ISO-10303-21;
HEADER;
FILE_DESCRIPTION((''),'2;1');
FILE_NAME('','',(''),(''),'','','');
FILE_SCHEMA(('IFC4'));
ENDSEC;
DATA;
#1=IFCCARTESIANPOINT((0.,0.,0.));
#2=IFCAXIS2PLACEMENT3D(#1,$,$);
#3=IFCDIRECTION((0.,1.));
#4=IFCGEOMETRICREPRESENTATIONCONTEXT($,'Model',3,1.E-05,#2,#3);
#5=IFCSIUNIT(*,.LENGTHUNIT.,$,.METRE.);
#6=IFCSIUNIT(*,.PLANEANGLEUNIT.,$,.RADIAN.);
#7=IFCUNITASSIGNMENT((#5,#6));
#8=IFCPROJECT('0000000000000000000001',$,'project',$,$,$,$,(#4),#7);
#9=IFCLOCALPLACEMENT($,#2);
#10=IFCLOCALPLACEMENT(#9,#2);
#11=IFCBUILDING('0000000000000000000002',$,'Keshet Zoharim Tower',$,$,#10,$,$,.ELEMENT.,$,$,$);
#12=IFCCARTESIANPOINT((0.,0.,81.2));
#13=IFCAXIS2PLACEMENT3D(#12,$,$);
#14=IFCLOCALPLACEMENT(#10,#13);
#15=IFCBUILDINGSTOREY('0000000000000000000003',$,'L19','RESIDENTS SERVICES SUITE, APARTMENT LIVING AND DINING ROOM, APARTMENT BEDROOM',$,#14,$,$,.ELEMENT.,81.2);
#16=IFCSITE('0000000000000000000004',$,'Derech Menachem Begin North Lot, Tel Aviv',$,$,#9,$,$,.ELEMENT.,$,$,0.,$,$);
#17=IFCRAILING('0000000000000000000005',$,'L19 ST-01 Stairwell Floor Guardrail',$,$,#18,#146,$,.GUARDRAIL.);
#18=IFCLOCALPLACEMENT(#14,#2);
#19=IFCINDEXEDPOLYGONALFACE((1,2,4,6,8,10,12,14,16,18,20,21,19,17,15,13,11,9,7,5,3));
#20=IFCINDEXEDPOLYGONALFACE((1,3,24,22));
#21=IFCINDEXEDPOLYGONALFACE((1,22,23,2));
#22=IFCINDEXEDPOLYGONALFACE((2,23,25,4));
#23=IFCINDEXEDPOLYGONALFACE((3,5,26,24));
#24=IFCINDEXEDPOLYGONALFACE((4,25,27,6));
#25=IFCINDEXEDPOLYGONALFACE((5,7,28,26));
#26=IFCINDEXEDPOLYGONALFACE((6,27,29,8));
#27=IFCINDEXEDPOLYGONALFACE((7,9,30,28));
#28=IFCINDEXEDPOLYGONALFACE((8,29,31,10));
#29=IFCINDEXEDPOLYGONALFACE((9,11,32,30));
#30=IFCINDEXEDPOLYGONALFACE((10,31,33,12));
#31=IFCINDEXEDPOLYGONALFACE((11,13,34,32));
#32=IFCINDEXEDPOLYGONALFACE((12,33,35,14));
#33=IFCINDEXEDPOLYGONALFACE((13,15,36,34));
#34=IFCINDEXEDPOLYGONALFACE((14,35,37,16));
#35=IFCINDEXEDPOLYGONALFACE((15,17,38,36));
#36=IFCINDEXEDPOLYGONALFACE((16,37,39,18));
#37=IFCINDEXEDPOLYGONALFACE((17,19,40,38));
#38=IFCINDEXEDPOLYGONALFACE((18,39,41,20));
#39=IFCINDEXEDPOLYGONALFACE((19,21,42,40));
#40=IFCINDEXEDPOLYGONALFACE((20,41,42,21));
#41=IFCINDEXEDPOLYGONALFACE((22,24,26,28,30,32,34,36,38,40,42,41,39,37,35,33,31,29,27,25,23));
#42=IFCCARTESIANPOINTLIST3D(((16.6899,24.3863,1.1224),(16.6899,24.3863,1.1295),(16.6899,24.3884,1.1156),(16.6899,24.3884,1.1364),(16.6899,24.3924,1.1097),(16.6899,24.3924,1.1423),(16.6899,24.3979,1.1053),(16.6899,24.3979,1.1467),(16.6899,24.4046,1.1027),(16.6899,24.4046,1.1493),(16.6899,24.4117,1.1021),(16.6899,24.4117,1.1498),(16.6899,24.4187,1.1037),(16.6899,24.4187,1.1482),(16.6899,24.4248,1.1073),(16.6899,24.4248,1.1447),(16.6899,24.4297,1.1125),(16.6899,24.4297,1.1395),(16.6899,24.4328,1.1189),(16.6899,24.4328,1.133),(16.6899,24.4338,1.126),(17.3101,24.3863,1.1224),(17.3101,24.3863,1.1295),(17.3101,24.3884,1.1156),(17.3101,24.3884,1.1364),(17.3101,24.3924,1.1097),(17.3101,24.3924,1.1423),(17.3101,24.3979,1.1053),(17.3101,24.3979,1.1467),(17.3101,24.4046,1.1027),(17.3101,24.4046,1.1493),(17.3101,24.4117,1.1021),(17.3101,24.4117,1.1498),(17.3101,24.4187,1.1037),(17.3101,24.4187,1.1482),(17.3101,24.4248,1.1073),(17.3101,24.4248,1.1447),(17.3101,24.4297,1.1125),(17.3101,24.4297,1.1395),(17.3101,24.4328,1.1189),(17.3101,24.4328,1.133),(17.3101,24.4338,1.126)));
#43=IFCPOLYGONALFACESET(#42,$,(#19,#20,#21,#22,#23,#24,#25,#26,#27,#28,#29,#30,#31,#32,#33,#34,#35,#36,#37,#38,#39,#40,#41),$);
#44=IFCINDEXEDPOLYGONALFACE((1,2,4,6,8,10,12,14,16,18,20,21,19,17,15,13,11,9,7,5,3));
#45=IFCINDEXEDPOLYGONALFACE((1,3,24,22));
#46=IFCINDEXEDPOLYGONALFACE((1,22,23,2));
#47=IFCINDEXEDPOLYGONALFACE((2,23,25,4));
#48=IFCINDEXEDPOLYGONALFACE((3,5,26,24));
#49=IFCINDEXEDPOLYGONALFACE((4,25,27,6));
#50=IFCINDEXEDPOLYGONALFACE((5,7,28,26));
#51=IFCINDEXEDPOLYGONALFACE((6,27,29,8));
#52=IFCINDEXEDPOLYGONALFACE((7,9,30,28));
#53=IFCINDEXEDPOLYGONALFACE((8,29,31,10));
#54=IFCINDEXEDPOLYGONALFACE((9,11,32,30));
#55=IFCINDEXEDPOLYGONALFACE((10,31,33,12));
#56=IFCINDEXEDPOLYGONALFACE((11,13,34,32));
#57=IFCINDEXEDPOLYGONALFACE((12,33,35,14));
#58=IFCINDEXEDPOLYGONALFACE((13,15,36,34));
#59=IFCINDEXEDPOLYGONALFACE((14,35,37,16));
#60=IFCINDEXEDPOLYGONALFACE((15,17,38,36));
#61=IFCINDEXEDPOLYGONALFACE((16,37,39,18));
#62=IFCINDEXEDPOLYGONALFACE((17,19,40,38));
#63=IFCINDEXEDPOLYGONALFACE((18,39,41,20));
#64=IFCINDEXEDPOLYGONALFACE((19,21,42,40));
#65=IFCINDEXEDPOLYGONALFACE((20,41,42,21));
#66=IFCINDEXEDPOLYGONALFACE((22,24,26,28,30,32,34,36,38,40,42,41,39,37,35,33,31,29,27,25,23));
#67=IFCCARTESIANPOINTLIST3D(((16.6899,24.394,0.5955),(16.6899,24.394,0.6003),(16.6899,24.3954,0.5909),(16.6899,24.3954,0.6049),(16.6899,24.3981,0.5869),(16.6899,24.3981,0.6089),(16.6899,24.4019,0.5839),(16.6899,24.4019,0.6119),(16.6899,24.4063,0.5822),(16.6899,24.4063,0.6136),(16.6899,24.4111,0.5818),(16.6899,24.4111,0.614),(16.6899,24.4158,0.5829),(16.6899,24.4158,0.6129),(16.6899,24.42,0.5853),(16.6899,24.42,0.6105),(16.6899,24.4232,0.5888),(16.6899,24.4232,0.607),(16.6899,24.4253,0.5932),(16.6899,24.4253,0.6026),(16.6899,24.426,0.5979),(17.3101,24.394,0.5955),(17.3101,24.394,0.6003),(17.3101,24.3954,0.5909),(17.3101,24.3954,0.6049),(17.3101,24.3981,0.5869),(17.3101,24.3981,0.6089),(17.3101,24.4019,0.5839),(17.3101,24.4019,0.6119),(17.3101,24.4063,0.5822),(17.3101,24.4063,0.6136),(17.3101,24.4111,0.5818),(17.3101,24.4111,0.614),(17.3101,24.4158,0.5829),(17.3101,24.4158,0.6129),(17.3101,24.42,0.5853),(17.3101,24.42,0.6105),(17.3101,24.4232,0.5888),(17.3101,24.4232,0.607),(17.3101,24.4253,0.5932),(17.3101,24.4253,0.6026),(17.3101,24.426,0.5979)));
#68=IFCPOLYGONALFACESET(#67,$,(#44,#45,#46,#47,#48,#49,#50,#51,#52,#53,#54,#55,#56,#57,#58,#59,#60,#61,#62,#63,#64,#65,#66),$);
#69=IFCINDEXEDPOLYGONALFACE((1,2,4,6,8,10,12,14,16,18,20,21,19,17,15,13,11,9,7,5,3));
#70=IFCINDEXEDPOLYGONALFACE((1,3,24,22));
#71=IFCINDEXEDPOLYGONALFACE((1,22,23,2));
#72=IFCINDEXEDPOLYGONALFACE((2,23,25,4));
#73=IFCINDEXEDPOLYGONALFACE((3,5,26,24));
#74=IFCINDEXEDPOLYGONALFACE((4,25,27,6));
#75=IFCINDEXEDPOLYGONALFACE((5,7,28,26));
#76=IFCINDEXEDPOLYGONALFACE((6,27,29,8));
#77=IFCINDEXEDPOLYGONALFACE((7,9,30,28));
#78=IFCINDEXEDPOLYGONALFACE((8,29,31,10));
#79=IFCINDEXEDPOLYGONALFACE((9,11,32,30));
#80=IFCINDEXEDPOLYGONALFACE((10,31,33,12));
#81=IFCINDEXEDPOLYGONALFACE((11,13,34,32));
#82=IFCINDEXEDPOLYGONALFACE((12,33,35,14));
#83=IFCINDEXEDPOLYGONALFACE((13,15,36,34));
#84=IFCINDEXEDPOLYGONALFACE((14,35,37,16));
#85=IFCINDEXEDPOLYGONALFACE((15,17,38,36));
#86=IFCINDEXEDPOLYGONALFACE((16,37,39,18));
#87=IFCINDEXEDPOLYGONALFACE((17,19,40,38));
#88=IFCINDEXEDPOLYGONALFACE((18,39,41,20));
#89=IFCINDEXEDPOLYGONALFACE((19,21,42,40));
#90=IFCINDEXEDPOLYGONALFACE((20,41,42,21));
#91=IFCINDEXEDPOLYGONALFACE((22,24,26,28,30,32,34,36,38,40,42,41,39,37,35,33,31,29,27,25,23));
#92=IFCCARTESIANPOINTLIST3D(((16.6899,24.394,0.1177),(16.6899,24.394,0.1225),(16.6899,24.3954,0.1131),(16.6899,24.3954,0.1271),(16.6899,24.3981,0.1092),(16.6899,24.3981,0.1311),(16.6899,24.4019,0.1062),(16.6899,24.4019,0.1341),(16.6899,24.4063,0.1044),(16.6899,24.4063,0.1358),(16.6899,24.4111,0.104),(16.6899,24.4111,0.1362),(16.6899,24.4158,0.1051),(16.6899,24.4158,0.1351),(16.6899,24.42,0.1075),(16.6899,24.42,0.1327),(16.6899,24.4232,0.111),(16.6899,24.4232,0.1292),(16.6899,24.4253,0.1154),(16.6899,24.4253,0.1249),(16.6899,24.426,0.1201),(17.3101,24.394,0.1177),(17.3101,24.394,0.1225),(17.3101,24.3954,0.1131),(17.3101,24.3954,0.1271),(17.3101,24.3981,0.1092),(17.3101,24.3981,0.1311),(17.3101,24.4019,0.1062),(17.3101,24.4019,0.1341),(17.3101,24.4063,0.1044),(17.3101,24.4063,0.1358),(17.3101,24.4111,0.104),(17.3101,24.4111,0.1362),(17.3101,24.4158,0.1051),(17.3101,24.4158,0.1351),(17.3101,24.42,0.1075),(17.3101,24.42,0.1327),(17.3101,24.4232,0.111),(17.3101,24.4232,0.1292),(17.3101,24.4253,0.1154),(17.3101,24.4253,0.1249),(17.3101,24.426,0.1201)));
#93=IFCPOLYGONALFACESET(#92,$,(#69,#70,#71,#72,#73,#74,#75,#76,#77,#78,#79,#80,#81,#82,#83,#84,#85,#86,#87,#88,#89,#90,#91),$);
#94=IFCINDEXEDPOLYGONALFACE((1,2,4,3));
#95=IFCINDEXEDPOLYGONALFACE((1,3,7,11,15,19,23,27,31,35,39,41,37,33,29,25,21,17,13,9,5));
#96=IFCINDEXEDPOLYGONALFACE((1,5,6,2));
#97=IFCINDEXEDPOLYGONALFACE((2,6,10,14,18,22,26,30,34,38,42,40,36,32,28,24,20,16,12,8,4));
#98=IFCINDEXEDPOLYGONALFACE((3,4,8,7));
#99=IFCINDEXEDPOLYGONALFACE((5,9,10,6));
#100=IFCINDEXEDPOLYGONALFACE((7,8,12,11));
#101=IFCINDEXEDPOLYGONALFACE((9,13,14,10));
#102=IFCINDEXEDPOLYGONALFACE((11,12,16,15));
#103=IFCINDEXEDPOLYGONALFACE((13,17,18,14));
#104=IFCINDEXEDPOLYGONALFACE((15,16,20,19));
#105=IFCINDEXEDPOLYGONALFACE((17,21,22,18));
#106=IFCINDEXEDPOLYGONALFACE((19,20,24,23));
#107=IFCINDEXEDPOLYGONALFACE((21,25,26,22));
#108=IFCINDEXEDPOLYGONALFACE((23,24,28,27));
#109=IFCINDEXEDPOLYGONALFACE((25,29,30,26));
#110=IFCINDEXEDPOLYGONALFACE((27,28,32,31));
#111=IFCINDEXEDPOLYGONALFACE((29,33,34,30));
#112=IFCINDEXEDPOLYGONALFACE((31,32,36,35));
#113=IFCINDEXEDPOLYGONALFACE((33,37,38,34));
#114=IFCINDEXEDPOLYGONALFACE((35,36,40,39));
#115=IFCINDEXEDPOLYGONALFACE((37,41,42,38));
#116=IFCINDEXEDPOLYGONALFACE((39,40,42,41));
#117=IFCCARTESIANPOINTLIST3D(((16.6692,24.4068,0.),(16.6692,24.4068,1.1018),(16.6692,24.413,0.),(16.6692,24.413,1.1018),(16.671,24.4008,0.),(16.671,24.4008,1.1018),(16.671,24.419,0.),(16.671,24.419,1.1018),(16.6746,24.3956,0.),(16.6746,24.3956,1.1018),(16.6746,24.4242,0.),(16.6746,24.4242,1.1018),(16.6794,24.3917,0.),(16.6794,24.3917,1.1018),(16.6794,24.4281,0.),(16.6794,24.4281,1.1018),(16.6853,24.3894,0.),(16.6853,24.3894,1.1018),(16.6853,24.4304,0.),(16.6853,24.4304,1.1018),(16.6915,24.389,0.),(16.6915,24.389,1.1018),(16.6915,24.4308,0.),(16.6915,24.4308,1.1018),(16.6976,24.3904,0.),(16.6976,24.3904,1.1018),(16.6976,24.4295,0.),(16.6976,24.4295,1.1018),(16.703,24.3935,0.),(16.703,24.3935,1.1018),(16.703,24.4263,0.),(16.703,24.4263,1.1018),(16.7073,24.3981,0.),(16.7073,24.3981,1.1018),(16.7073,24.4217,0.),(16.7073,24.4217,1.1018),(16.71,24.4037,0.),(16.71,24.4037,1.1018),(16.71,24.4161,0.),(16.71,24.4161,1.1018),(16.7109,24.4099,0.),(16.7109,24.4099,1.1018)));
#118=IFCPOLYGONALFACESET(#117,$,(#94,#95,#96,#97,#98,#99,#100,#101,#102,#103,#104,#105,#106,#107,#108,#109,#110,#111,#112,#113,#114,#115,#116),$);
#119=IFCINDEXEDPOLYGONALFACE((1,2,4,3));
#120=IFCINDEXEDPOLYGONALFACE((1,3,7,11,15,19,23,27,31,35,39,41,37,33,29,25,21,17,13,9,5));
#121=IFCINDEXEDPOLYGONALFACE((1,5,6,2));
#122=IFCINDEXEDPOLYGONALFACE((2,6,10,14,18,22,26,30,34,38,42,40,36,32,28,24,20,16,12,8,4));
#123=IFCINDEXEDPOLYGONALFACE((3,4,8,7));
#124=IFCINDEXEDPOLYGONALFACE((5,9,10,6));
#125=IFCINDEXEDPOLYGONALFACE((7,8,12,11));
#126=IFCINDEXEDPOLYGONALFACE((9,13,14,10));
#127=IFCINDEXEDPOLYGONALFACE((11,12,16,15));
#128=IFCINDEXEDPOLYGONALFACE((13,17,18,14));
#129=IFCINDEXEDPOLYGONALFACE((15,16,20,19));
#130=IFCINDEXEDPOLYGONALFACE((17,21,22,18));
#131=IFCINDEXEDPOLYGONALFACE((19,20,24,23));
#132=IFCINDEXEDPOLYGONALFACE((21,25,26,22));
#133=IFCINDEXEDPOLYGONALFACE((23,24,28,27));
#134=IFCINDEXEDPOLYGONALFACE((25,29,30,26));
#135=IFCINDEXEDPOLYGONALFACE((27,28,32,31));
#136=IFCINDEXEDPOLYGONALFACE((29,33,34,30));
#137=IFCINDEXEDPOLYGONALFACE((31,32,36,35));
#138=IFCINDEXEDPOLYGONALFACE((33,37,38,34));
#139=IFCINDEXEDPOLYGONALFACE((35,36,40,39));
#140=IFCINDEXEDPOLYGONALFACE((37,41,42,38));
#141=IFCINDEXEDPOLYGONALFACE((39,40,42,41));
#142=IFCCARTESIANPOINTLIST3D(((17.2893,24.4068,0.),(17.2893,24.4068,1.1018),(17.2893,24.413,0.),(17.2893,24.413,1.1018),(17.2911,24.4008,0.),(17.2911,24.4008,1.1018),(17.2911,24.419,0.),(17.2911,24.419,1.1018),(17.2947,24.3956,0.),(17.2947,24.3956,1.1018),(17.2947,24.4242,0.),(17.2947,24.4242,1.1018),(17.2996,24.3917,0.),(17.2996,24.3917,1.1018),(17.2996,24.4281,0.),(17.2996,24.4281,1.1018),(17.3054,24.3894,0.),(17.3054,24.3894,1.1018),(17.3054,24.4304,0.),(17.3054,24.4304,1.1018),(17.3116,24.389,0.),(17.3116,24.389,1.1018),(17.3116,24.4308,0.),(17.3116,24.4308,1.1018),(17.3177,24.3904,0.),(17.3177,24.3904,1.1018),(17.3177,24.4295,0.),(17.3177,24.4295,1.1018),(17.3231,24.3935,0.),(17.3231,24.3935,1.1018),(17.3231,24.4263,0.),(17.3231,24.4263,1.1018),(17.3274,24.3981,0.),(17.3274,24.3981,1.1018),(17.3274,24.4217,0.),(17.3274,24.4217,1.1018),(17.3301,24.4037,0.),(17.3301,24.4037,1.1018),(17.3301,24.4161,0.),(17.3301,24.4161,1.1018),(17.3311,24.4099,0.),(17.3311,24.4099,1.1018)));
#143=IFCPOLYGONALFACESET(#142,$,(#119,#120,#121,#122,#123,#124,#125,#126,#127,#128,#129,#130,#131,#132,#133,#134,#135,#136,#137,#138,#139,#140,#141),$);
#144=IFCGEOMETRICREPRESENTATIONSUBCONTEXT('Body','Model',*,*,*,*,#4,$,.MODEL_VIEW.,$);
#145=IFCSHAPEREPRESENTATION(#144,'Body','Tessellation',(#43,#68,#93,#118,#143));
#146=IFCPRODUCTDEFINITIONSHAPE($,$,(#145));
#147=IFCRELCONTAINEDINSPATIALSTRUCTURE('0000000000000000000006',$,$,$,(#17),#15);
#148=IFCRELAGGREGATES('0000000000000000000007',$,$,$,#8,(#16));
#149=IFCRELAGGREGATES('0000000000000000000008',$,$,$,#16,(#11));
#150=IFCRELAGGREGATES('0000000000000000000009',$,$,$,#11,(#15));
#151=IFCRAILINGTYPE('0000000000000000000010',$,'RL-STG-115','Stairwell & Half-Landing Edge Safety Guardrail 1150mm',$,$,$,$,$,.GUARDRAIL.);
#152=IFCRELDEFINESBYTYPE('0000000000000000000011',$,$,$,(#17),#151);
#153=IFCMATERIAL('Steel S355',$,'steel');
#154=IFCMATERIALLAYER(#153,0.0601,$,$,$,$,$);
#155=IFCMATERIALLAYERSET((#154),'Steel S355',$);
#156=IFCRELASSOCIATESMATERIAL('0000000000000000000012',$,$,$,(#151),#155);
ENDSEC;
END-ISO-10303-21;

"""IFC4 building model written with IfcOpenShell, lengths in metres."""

from ifc_helpers import new_model, si_unit, direction, frame, origin, origin_2d, place, context, subcontext, project, spatial, circle, extrude, material, layer, layer_set, type_object, element, save


model = new_model("IFC4")

# Units and contexts
model_context = context("Model", 3, precision=1e-05, world=origin(), true_north=direction((0.0, 1.0)))
body_context = subcontext(model_context, "Body", "Model", "MODEL_VIEW")
ifc_project = project(units=[si_unit("LENGTHUNIT", "METRE"), si_unit("PLANEANGLEUNIT", "RADIAN")], contexts=[model_context])

# Site, building, storey
site_placement = place(None, origin())
site = spatial("IfcSite", under=ifc_project, at=site_placement, Name="Derech Menachem Begin North Lot, Tel Aviv", CompositionType="ELEMENT", RefElevation=0.0)
building_placement = place(site_placement, origin())
building = spatial("IfcBuilding", under=site, at=building_placement, Name="Keshet Zoharim Tower", CompositionType="ELEMENT")
storey_placement = place(building_placement, frame((0.0, 0.0, 81.2)))
storey = spatial("IfcBuildingStorey", under=building, at=storey_placement, Name="L19", Description="RESIDENTS SERVICES SUITE, APARTMENT LIVING AND DINING ROOM, APARTMENT BEDROOM", CompositionType="ELEMENT", Elevation=81.2)

# Shared definitions
ifc_material_1 = material(Name="Steel S355", Category="steel")

# Railing
ifc_layer_1 = layer(ifc_material_1, 0.0601)
ifc_layer_set_1 = layer_set([ifc_layer_1], Name="Steel S355")
railing_type_1 = type_object("IfcRailingType", Name="RL-STG-115", Description="Stairwell & Half-Landing Edge Safety Guardrail 1150mm", PredefinedType="GUARDRAIL", material=ifc_layer_set_1)
railing_1_placement = place(storey_placement, frame((16.6899, 24.4099, 0.0)))
element("IfcRailing", 1, at=railing_1_placement, inside=storey, type_object=railing_type_1, Name="L19 ST-01 Stairwell Floor Guardrail", PredefinedType="GUARDRAIL", context=body_context, shape_type="SweptSolid", body=[
    extrude(circle(Radius=0.0239, at=origin_2d()), frame((0.0, 0.0, 1.126), z_axis=(1.0, 0.0, 0.0), x_axis=(0.0, 1.0, 0.0)), (0.0, 0.0, 1.0), 0.6201),
    extrude(circle(Radius=0.0161, at=origin_2d()), frame((0.0, 0.0, 0.5979), z_axis=(1.0, 0.0, 0.0), x_axis=(0.0, 1.0, 0.0)), (0.0, 0.0, 1.0), 0.6201),
    extrude(circle(Radius=0.0161, at=origin_2d()), frame((0.0, 0.0, 0.1201), z_axis=(1.0, 0.0, 0.0), x_axis=(0.0, 1.0, 0.0)), (0.0, 0.0, 1.0), 0.6201),
    extrude(circle(Radius=0.021, at=origin_2d()), origin(), (0.0, 0.0, 1.0), 1.1018),
    extrude(circle(Radius=0.021, at=origin_2d()), frame((0.6201, 0.0, 0.0)), (0.0, 0.0, 1.0), 1.1018),
])

save(model, "model.ifc")
